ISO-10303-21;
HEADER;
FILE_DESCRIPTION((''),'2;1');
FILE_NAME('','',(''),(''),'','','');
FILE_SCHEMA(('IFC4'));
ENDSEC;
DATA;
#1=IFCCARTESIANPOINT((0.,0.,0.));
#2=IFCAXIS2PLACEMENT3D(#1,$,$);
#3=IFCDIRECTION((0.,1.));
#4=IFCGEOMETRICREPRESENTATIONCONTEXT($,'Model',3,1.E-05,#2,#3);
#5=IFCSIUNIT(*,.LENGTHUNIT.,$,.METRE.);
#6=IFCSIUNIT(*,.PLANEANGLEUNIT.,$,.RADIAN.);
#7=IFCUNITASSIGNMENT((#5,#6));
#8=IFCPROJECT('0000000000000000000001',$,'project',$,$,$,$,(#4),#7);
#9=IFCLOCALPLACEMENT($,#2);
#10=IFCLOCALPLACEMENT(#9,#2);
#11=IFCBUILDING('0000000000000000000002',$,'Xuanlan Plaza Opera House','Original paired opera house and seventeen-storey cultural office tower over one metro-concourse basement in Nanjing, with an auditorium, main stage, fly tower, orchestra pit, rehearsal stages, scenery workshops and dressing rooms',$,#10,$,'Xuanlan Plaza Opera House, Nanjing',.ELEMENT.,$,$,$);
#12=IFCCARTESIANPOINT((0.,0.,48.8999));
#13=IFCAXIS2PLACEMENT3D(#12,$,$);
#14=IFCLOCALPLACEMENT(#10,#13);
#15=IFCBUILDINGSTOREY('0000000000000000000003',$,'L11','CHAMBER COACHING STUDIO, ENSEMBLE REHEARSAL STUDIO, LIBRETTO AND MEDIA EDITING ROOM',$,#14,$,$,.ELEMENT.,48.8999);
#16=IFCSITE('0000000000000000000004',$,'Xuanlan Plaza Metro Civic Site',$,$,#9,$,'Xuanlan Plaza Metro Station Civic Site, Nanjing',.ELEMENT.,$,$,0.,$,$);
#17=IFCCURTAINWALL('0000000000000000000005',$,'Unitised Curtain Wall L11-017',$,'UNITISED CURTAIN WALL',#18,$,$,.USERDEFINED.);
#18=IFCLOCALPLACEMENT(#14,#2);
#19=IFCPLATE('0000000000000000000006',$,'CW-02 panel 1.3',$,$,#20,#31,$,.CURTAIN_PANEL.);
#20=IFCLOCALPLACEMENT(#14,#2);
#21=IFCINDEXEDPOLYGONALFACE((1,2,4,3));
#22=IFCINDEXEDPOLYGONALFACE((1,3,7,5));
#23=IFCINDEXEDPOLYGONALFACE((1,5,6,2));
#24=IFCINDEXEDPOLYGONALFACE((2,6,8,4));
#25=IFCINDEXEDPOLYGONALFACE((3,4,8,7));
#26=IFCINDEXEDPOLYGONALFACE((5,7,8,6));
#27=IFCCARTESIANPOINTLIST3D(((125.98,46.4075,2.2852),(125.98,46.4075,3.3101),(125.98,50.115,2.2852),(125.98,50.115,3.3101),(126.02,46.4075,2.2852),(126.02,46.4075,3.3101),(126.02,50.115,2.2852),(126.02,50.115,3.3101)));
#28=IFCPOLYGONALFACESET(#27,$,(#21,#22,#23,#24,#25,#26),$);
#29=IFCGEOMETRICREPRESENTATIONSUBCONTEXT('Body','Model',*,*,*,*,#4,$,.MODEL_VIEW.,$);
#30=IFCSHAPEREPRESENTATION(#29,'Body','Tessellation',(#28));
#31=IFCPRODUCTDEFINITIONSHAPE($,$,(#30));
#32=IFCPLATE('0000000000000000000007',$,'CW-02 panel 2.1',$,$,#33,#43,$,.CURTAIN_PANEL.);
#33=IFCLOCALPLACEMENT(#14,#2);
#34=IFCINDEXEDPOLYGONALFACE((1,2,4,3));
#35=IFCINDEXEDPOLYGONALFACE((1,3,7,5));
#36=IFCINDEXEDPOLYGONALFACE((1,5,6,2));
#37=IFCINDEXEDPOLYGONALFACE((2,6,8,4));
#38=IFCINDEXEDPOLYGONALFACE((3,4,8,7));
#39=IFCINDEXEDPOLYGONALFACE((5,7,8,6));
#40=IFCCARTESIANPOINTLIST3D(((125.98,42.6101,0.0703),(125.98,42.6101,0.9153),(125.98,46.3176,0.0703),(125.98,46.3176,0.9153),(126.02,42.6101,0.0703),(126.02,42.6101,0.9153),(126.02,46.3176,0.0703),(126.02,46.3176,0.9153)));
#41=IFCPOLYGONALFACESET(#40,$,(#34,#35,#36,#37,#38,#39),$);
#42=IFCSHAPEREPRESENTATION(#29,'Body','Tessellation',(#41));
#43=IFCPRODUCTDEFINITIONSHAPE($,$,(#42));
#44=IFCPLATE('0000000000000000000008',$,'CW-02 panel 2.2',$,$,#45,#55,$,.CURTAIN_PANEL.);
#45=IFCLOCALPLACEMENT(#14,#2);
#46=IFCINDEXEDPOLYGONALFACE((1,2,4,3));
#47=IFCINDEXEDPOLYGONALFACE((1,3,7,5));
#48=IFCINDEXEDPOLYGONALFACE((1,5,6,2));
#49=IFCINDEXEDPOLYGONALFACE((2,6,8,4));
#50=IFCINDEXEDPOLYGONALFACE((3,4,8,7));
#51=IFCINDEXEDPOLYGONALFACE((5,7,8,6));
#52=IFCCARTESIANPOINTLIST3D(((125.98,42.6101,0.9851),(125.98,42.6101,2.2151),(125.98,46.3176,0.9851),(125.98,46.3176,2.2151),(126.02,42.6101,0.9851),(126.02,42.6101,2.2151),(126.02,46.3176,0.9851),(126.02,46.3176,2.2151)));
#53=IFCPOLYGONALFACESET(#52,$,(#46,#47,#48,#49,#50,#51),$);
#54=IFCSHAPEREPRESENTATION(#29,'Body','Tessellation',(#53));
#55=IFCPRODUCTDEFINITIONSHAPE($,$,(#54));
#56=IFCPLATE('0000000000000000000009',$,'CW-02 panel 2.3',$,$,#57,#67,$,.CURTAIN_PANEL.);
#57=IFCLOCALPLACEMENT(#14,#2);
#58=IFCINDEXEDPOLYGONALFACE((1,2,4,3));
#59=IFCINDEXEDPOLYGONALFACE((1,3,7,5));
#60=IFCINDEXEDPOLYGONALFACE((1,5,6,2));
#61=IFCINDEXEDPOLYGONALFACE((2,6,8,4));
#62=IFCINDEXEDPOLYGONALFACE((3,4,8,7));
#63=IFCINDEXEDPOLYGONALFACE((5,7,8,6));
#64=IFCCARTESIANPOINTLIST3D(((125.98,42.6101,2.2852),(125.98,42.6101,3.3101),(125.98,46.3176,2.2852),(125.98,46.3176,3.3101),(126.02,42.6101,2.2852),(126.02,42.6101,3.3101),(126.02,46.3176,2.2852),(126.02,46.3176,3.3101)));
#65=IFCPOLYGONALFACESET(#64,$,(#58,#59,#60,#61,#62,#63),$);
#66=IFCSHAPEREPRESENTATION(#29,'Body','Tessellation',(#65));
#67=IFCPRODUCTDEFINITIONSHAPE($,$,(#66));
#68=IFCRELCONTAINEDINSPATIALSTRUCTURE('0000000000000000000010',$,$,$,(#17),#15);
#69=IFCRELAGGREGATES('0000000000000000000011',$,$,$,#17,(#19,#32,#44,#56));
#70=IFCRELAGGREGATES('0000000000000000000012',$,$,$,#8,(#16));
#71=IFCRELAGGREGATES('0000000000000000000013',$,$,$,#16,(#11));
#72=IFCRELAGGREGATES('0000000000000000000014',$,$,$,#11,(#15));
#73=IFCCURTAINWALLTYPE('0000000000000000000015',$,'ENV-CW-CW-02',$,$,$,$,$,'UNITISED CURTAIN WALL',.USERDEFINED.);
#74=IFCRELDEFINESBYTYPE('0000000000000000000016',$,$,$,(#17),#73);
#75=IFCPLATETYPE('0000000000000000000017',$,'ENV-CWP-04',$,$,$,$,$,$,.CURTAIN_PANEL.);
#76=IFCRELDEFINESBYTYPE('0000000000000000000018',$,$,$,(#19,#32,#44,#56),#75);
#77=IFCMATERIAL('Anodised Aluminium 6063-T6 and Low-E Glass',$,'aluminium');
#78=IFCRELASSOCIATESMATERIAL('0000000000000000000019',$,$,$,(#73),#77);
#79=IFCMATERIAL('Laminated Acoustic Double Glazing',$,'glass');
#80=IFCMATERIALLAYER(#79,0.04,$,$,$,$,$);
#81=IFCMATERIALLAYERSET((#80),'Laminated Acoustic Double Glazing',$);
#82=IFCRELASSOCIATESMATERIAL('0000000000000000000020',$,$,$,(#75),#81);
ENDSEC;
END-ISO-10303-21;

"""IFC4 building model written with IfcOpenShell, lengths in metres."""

from ifc_helpers import new_model, si_unit, direction, frame, origin, origin_2d, place, context, subcontext, project, spatial, rectangle, extrude, material, layer, layer_set, type_object, element, aggregate, save


model = new_model("IFC4")

# Units and contexts
model_context = context("Model", 3, precision=1e-05, world=origin(), true_north=direction((0.0, 1.0)))
body_context = subcontext(model_context, "Body", "Model", "MODEL_VIEW")
ifc_project = project(units=[si_unit("LENGTHUNIT", "METRE"), si_unit("PLANEANGLEUNIT", "RADIAN")], contexts=[model_context])

# Site, building, storey
site_placement = place(None, origin())
site = spatial("IfcSite", under=ifc_project, at=site_placement, Name="Xuanlan Plaza Metro Civic Site", LongName="Xuanlan Plaza Metro Station Civic Site, Nanjing", CompositionType="ELEMENT", RefElevation=0.0)
building_placement = place(site_placement, origin())
building = spatial("IfcBuilding", under=site, at=building_placement, Name="Xuanlan Plaza Opera House", Description="Original paired opera house and seventeen-storey cultural office tower over one metro-concourse basement in Nanjing, with an auditorium, main stage, fly tower, orchestra pit, rehearsal stages, scenery workshops and dressing rooms", LongName="Xuanlan Plaza Opera House, Nanjing", CompositionType="ELEMENT")
storey_placement = place(building_placement, frame((0.0, 0.0, 48.8999)))
storey = spatial("IfcBuildingStorey", under=building, at=storey_placement, Name="L11", Description="CHAMBER COACHING STUDIO, ENSEMBLE REHEARSAL STUDIO, LIBRETTO AND MEDIA EDITING ROOM", CompositionType="ELEMENT", Elevation=48.8999)

# Shared definitions
ifc_material_1 = material(Name="Anodised Aluminium 6063-T6 and Low-E Glass", Category="aluminium")

# Curtain wall
curtain_wall_type_1 = type_object("IfcCurtainWallType", Name="ENV-CW-CW-02", ElementType="UNITISED CURTAIN WALL", PredefinedType="USERDEFINED", material=ifc_material_1)
curtain_wall_1_placement = place(storey_placement, origin())
curtain_wall_1 = element("IfcCurtainWall", 1, at=curtain_wall_1_placement, inside=storey, type_object=curtain_wall_type_1, Name="Unitised Curtain Wall L11-017", ObjectType="UNITISED CURTAIN WALL", PredefinedType="USERDEFINED")

# Plates
ifc_material_2 = material(Name="Laminated Acoustic Double Glazing", Category="glass")
ifc_layer_1 = layer(ifc_material_2, 0.04)
ifc_layer_set_1 = layer_set([ifc_layer_1], Name="Laminated Acoustic Double Glazing")
plate_type_1 = type_object("IfcPlateType", Name="ENV-CWP-04", PredefinedType="CURTAIN_PANEL", material=ifc_layer_set_1)
plate_1_placement = place(storey_placement, frame((126.0, 48.2612, 2.2852), z_axis=(0.0, 0.0, 1.0), x_axis=(0.0, -1.0, 0.0)))
plate_1 = element("IfcPlate", 2, at=plate_1_placement, type_object=plate_type_1, Name="CW-02 panel 1.3", PredefinedType="CURTAIN_PANEL", context=body_context, shape_type="SweptSolid", body=[
    extrude(rectangle(XDim=3.7075, YDim=0.04, at=origin_2d()), origin(), (0.0, 0.0, 1.0), 1.0249),
])
plate_2_placement = place(storey_placement, frame((126.0, 44.4639, 0.0703), z_axis=(0.0, 0.0, 1.0), x_axis=(0.0, -1.0, 0.0)))
plate_2 = element("IfcPlate", 3, at=plate_2_placement, type_object=plate_type_1, Name="CW-02 panel 2.1", PredefinedType="CURTAIN_PANEL", context=body_context, shape_type="SweptSolid", body=[
    extrude(rectangle(XDim=3.7075, YDim=0.04, at=origin_2d()), origin(), (0.0, 0.0, 1.0), 0.845),
])
plate_3_placement = place(storey_placement, frame((126.0, 44.4639, 0.9851), z_axis=(0.0, 0.0, 1.0), x_axis=(0.0, -1.0, 0.0)))
plate_3 = element("IfcPlate", 4, at=plate_3_placement, type_object=plate_type_1, Name="CW-02 panel 2.2", PredefinedType="CURTAIN_PANEL", context=body_context, shape_type="SweptSolid", body=[
    extrude(rectangle(XDim=3.7075, YDim=0.04, at=origin_2d()), origin(), (0.0, 0.0, 1.0), 1.23),
])
plate_4_placement = place(storey_placement, frame((126.0, 44.4639, 2.2852), z_axis=(0.0, 0.0, 1.0), x_axis=(0.0, -1.0, 0.0)))
plate_4 = element("IfcPlate", 5, at=plate_4_placement, type_object=plate_type_1, Name="CW-02 panel 2.3", PredefinedType="CURTAIN_PANEL", context=body_context, shape_type="SweptSolid", body=[
    extrude(rectangle(XDim=3.7075, YDim=0.04, at=origin_2d()), origin(), (0.0, 0.0, 1.0), 1.0249),
])
aggregate(curtain_wall_1, [plate_1, plate_2, plate_3, plate_4])

save(model, "model.ifc")
